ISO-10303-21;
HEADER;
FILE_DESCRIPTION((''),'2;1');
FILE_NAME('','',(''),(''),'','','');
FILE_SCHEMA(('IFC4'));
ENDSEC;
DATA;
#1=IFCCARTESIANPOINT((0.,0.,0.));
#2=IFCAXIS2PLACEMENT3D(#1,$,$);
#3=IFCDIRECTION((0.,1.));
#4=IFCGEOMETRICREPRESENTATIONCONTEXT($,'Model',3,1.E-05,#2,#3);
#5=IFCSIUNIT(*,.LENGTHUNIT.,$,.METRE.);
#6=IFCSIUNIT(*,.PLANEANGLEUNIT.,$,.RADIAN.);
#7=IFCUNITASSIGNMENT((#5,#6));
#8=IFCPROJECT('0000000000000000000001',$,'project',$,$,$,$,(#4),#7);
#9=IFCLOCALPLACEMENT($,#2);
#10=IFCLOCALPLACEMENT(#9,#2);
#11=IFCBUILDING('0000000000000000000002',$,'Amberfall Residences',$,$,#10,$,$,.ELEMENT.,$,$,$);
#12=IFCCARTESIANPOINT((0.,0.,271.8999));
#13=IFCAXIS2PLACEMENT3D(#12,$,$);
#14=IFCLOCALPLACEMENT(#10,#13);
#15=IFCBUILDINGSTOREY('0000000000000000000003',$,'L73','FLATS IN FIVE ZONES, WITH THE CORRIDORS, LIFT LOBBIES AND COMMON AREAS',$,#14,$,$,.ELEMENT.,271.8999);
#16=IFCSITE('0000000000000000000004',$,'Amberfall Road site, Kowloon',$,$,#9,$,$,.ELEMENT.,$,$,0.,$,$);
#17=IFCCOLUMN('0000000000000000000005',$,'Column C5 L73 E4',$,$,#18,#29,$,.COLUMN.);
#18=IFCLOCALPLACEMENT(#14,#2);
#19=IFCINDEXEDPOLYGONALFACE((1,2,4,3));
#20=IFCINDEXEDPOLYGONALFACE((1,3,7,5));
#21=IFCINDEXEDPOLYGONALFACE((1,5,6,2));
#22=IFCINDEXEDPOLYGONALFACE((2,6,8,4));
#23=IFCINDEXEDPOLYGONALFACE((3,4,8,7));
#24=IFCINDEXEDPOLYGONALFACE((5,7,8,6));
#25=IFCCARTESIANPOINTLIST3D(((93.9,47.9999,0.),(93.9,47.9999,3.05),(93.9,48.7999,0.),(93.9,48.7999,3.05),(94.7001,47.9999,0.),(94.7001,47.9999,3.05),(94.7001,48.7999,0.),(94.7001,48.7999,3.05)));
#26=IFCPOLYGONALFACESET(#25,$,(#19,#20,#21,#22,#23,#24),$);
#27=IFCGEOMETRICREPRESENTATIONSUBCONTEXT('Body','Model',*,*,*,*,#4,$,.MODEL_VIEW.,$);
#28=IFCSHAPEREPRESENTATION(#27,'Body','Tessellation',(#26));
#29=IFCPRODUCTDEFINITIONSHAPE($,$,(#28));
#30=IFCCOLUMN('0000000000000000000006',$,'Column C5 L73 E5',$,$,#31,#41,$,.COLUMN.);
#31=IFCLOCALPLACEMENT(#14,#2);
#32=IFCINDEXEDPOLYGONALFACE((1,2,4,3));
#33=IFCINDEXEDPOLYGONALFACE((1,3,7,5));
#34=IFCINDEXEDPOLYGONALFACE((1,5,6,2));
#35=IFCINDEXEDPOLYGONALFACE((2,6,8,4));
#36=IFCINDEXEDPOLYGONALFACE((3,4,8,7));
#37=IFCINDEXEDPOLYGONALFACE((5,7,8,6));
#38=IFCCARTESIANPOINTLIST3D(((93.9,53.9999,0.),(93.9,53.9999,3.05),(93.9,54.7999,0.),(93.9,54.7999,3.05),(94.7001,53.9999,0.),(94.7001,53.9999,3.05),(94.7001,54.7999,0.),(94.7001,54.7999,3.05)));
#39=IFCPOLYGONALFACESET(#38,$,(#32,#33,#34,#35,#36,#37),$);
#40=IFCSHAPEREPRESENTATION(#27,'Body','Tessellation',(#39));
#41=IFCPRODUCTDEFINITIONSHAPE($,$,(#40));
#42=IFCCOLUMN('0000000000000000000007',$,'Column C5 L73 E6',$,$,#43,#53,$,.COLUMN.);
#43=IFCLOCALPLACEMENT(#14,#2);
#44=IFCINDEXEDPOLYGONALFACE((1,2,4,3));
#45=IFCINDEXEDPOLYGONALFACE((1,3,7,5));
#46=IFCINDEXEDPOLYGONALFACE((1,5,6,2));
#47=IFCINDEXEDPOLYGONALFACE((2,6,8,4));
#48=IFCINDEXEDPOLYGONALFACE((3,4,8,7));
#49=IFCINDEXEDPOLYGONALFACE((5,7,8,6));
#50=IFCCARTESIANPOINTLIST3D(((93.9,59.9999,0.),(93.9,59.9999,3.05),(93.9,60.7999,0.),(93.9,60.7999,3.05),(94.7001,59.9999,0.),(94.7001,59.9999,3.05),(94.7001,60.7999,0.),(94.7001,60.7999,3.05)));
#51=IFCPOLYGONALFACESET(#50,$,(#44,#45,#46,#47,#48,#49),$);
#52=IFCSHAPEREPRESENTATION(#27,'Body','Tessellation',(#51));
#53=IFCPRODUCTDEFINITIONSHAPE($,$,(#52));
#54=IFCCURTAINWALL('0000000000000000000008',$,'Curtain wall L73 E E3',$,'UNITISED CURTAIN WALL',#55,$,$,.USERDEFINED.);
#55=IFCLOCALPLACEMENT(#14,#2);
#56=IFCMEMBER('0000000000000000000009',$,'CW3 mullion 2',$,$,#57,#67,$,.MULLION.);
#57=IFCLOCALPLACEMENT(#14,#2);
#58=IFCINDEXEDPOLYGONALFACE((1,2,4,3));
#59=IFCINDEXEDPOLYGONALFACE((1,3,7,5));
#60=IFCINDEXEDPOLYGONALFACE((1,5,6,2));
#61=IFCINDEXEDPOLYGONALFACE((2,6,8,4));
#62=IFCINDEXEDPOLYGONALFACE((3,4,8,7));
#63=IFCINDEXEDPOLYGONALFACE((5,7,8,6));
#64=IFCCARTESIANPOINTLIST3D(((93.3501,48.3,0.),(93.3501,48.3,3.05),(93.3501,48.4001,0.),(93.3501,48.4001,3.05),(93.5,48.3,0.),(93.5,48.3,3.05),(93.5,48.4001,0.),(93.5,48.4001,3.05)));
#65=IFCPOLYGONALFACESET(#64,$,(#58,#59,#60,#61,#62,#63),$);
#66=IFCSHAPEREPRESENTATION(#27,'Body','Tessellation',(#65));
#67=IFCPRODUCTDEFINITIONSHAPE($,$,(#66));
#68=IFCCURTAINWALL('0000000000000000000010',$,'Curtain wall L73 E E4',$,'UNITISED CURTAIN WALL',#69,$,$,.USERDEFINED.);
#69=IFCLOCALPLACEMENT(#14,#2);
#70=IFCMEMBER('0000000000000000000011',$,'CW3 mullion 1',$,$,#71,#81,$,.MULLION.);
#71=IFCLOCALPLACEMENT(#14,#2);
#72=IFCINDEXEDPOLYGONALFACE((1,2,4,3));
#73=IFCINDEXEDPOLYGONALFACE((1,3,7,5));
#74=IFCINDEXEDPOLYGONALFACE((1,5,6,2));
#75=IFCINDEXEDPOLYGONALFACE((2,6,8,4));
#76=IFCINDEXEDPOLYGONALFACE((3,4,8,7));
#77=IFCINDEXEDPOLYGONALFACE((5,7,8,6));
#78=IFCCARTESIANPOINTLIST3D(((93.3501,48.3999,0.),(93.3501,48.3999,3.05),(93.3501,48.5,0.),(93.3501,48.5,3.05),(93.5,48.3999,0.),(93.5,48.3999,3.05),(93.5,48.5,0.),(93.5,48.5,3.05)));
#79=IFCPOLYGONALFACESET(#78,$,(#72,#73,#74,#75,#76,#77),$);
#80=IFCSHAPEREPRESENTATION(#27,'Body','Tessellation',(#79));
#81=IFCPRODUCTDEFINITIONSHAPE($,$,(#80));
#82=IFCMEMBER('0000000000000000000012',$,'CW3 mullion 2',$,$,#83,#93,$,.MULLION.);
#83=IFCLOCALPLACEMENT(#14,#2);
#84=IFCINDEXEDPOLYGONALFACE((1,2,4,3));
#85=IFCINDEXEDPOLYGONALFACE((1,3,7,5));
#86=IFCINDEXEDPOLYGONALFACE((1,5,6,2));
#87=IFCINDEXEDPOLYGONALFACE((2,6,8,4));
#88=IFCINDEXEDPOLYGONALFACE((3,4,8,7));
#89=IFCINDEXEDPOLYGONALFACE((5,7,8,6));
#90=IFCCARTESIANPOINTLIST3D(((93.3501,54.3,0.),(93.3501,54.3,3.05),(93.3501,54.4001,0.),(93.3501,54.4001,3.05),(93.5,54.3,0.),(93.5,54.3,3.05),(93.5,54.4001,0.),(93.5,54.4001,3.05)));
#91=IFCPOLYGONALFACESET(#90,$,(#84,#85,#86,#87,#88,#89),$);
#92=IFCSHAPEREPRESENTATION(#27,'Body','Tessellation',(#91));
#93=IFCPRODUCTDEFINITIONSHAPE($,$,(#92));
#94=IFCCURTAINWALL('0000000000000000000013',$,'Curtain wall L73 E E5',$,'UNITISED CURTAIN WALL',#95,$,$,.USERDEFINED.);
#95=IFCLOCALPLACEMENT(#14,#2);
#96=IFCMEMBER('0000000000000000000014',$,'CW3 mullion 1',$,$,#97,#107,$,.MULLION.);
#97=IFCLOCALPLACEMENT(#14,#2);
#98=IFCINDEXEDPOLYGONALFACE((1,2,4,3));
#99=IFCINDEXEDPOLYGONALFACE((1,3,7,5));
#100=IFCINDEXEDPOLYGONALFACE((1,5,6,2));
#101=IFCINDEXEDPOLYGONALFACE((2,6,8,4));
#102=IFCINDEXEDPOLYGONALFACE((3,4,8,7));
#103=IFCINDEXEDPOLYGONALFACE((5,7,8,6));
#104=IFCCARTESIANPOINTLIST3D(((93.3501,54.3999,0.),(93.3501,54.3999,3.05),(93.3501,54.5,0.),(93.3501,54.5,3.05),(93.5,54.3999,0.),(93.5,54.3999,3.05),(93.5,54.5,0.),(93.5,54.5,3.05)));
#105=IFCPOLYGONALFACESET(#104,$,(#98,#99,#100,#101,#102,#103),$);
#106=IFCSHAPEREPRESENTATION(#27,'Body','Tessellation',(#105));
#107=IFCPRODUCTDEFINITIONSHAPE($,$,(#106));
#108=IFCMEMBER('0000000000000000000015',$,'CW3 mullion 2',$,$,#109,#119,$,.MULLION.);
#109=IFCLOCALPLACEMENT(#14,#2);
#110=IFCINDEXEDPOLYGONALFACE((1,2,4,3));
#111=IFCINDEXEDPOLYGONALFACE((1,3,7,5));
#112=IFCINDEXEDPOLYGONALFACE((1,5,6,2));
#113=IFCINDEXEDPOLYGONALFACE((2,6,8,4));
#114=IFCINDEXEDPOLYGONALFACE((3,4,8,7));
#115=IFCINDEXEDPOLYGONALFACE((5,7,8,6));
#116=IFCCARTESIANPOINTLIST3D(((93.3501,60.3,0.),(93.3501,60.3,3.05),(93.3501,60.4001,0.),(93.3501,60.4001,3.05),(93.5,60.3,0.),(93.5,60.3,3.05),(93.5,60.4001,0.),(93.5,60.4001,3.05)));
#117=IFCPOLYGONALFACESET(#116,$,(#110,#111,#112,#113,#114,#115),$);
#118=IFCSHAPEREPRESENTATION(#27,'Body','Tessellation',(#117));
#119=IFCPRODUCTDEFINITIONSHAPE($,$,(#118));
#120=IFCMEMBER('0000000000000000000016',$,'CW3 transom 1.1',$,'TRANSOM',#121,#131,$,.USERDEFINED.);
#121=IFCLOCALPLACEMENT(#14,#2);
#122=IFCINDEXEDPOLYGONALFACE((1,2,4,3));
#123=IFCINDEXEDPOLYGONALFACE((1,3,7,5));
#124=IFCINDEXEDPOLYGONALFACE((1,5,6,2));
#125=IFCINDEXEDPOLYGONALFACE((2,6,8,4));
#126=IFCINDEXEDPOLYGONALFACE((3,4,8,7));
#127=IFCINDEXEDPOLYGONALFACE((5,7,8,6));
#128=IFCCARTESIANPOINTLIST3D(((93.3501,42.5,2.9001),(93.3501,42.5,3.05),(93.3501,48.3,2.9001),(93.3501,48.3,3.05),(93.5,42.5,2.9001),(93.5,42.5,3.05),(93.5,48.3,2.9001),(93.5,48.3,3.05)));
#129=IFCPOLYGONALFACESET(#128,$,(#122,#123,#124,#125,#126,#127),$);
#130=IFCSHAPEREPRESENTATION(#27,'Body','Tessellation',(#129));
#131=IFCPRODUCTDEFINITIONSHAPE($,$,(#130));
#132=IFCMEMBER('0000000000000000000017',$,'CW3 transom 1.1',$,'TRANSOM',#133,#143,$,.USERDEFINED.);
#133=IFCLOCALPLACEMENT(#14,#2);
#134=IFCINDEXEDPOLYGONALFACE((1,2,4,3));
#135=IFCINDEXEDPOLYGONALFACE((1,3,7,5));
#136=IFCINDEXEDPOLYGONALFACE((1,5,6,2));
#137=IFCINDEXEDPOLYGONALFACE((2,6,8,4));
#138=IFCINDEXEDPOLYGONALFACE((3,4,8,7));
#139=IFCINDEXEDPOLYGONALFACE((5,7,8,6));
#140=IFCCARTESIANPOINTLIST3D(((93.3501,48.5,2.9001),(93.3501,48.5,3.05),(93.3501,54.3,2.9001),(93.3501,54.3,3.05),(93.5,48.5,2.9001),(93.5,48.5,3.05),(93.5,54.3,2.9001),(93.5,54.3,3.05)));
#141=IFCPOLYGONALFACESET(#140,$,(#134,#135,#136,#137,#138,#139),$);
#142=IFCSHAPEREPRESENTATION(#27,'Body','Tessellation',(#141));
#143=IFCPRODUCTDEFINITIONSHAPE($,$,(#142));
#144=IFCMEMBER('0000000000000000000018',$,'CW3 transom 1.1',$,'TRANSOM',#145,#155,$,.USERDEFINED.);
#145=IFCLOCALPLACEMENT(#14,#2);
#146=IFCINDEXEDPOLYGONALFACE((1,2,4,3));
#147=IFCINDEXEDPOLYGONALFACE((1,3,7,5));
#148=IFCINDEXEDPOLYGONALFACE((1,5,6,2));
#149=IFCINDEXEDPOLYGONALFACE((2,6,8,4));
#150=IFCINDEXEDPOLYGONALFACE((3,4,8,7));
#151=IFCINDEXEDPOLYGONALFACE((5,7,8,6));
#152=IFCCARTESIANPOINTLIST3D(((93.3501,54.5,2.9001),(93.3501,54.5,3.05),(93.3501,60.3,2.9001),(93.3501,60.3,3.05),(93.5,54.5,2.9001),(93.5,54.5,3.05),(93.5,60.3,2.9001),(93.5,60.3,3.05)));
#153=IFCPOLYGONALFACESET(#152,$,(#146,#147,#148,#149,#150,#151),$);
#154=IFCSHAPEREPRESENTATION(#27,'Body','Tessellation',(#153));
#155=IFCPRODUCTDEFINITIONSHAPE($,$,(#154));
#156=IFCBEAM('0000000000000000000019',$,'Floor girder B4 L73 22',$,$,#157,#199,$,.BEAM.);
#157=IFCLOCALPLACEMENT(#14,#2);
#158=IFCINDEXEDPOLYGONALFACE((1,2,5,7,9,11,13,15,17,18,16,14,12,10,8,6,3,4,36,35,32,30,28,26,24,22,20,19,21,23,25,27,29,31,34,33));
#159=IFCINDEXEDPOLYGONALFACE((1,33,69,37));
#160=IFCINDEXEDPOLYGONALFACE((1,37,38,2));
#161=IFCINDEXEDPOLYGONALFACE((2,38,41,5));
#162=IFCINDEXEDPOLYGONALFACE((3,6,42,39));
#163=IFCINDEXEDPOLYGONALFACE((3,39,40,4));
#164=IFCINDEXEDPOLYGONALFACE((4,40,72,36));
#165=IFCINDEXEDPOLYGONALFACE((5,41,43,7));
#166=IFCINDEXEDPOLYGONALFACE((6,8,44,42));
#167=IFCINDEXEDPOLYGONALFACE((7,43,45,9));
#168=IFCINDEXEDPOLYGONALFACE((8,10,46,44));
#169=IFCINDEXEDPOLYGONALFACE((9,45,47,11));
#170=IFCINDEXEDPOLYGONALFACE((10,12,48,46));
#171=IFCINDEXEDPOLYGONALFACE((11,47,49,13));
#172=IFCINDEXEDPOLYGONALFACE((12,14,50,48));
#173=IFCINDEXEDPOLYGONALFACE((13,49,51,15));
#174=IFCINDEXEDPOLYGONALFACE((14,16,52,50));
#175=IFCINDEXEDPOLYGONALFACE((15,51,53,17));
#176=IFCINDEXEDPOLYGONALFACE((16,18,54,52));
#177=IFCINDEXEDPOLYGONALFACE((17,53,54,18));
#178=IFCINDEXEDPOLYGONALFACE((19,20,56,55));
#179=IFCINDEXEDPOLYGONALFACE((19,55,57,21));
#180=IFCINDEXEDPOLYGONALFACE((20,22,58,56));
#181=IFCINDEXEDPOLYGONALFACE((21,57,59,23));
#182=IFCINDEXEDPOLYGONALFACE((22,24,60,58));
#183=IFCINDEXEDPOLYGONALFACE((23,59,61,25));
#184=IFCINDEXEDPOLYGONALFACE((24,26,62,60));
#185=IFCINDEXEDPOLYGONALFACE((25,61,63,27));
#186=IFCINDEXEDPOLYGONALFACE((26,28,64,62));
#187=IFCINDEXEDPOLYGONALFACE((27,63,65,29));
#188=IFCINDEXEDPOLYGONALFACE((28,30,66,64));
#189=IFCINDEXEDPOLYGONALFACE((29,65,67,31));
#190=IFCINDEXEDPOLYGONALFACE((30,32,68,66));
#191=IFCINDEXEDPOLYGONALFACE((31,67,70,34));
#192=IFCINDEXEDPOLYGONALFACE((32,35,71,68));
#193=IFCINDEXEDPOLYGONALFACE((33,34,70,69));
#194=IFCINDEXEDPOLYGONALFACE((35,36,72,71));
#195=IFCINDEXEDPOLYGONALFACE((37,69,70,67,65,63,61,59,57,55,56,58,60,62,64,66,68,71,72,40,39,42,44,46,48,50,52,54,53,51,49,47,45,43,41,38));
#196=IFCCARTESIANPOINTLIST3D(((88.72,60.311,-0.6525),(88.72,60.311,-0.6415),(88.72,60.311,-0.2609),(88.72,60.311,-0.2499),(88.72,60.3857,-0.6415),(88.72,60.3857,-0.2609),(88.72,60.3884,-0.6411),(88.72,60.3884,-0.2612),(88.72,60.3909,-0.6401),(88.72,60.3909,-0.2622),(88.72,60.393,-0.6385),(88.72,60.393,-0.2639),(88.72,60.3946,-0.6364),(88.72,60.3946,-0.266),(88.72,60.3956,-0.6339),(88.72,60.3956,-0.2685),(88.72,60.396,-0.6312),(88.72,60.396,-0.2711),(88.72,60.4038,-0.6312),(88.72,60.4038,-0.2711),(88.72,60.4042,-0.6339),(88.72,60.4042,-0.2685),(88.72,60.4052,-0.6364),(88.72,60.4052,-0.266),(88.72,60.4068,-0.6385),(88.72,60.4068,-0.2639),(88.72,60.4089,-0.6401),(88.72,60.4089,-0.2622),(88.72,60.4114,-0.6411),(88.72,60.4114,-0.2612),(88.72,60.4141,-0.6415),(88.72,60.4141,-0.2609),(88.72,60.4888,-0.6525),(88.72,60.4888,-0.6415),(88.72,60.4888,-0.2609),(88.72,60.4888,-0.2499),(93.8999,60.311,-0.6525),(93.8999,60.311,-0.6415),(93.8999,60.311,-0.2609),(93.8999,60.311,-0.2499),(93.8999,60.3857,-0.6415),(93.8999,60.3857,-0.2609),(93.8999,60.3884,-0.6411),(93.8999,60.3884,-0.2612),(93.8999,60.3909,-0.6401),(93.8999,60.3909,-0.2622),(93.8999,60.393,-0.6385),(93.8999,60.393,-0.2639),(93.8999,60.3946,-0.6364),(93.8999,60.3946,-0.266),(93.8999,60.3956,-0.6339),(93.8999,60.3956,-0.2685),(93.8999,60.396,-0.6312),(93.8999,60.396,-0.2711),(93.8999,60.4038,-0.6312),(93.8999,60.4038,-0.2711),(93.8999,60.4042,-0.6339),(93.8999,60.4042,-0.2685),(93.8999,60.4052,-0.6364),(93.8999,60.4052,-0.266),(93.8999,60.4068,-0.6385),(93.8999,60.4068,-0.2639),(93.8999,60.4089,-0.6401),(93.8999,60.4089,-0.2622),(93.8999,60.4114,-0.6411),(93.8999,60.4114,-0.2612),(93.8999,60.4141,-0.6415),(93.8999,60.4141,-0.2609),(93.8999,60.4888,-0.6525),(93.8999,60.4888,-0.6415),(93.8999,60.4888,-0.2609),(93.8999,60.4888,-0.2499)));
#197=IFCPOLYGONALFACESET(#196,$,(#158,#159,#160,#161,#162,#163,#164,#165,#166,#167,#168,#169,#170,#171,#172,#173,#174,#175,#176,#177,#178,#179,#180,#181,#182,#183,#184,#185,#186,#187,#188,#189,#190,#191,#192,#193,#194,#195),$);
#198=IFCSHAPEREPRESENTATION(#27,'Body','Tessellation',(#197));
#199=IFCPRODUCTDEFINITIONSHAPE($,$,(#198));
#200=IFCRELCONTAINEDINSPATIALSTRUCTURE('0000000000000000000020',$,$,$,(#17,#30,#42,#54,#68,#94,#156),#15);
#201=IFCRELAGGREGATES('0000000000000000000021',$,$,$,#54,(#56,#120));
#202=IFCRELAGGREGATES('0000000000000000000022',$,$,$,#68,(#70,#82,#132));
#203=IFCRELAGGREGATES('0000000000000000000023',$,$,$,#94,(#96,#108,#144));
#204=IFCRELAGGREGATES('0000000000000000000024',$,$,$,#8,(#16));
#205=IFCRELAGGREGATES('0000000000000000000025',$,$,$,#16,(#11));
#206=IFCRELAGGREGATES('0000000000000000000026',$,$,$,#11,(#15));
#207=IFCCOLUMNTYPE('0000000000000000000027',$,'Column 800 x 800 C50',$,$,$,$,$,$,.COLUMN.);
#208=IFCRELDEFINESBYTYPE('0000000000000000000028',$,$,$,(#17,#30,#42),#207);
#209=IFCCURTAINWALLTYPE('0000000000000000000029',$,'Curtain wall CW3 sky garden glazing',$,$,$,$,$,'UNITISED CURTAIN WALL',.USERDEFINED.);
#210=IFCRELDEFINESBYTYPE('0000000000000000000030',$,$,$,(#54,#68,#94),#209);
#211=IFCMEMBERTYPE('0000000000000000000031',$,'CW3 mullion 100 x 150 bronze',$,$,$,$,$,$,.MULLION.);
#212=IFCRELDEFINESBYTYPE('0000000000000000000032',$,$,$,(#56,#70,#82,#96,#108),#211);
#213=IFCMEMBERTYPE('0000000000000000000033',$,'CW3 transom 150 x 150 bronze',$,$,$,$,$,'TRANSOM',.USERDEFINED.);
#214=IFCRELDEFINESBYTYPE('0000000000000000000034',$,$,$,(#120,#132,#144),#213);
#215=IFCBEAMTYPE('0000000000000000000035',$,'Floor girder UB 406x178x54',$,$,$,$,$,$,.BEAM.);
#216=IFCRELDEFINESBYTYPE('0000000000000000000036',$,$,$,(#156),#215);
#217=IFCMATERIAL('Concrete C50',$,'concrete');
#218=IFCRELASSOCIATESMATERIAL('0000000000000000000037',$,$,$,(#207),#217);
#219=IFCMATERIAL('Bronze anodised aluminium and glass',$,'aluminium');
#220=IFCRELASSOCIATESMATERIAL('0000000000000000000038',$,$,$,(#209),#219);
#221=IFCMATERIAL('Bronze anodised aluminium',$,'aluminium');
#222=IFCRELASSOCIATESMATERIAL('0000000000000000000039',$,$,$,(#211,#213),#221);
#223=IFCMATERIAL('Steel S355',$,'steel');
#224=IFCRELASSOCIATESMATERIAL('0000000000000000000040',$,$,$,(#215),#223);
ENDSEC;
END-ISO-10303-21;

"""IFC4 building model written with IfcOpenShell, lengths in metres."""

from ifc_helpers import new_model, si_unit, direction, frame, origin, origin_2d, place, context, subcontext, project, spatial, rectangle, i_section, extrude, material, material_profile, profile_set, type_object, element, aggregate, save


model = new_model("IFC4")

# Units and contexts
model_context = context("Model", 3, precision=1e-05, world=origin(), true_north=direction((0.0, 1.0)))
body_context = subcontext(model_context, "Body", "Model", "MODEL_VIEW")
ifc_project = project(units=[si_unit("LENGTHUNIT", "METRE"), si_unit("PLANEANGLEUNIT", "RADIAN")], contexts=[model_context])

# Site, building, storey
site_placement = place(None, origin())
site = spatial("IfcSite", under=ifc_project, at=site_placement, Name="Amberfall Road site, Kowloon", CompositionType="ELEMENT", RefElevation=0.0)
building_placement = place(site_placement, origin())
building = spatial("IfcBuilding", under=site, at=building_placement, Name="Amberfall Residences", CompositionType="ELEMENT")
storey_placement = place(building_placement, frame((0.0, 0.0, 271.8999)))
storey = spatial("IfcBuildingStorey", under=building, at=storey_placement, Name="L73", Description="FLATS IN FIVE ZONES, WITH THE CORRIDORS, LIFT LOBBIES AND COMMON AREAS", CompositionType="ELEMENT", Elevation=271.8999)

# Columns
ifc_material_1 = material(Name="Concrete C50", Category="concrete")
ifc_material_profile_1 = material_profile(ifc_material_1, rectangle(XDim=0.8, YDim=0.8, at=origin_2d()), Name="Column 800 x 800 C50")
ifc_profile_set_1 = profile_set([ifc_material_profile_1], Name="Concrete C50")
column_type = type_object("IfcColumnType", Name="Column 800 x 800 C50", PredefinedType="COLUMN", material=ifc_profile_set_1)
for number, where, z_axis, x_axis, name in (
    (1, (94.3, 48.3999, 0.0), (0.0, 0.0, 1.0), (1.0, 0.0, 0.0), "Column C5 L73 E4"),
    (2, (94.3, 54.3999, 0.0), (0.0, 0.0, 1.0), (1.0, 0.0, 0.0), "Column C5 L73 E5"),
    (3, (94.3, 60.3999, 0.0), (0.0, 0.0, 1.0), (1.0, 0.0, 0.0), "Column C5 L73 E6"),
):
    element("IfcColumn", number, at=place(storey_placement, frame(where, z_axis=z_axis, x_axis=x_axis)), inside=storey, type_object=column_type, Name=name, PredefinedType="COLUMN", context=body_context, shape_type="SweptSolid", body=[
        extrude(rectangle(XDim=0.8, YDim=0.8, at=origin_2d()), origin(), (0.0, 0.0, 1.0), 3.05),
    ])

# Curtain wall, member
ifc_material_2 = material(Name="Bronze anodised aluminium and glass", Category="aluminium")
curtain_wall_type = type_object("IfcCurtainWallType", Name="Curtain wall CW3 sky garden glazing", ElementType="UNITISED CURTAIN WALL", PredefinedType="USERDEFINED", material=ifc_material_2)
curtain_wall_1_placement = place(storey_placement, origin())
curtain_wall_1 = element("IfcCurtainWall", 4, at=curtain_wall_1_placement, inside=storey, type_object=curtain_wall_type, Name="Curtain wall L73 E E3", ObjectType="UNITISED CURTAIN WALL", PredefinedType="USERDEFINED")
ifc_material_3 = material(Name="Bronze anodised aluminium", Category="aluminium")
ifc_material_profile_2 = material_profile(ifc_material_3, rectangle(XDim=0.1499, YDim=0.1001, at=origin_2d()), Name="CW3 mullion 100 x 150 bronze")
ifc_profile_set_2 = profile_set([ifc_material_profile_2], Name="Bronze anodised aluminium")
member_type_1 = type_object("IfcMemberType", Name="CW3 mullion 100 x 150 bronze", PredefinedType="MULLION", material=ifc_profile_set_2)
member_1_placement = place(storey_placement, frame((93.425, 48.3501, 0.0), z_axis=(0.0, 0.0, 1.0), x_axis=(-1.0, 0.0, 0.0)))
member_1 = element("IfcMember", 5, at=member_1_placement, type_object=member_type_1, Name="CW3 mullion 2", PredefinedType="MULLION", context=body_context, shape_type="SweptSolid", body=[
    extrude(rectangle(XDim=0.1499, YDim=0.1001, at=origin_2d()), origin(), (0.0, 0.0, 1.0), 3.05),
])

# Curtain walls, members
curtain_wall_2_placement = place(storey_placement, origin())
curtain_wall_2 = element("IfcCurtainWall", 6, at=curtain_wall_2_placement, inside=storey, type_object=curtain_wall_type, Name="Curtain wall L73 E E4", ObjectType="UNITISED CURTAIN WALL", PredefinedType="USERDEFINED")
member_2_placement = place(storey_placement, frame((93.425, 48.45, 0.0), z_axis=(0.0, 0.0, 1.0), x_axis=(-1.0, 0.0, 0.0)))
member_2 = element("IfcMember", 7, at=member_2_placement, type_object=member_type_1, Name="CW3 mullion 1", PredefinedType="MULLION", context=body_context, shape_type="SweptSolid", body=[
    extrude(rectangle(XDim=0.1499, YDim=0.1001, at=origin_2d()), origin(), (0.0, 0.0, 1.0), 3.05),
])
member_3_placement = place(storey_placement, frame((93.425, 54.3501, 0.0), z_axis=(0.0, 0.0, 1.0), x_axis=(-1.0, 0.0, 0.0)))
member_3 = element("IfcMember", 8, at=member_3_placement, type_object=member_type_1, Name="CW3 mullion 2", PredefinedType="MULLION", context=body_context, shape_type="SweptSolid", body=[
    extrude(rectangle(XDim=0.1499, YDim=0.1001, at=origin_2d()), origin(), (0.0, 0.0, 1.0), 3.05),
])
curtain_wall_3_placement = place(storey_placement, origin())
curtain_wall_3 = element("IfcCurtainWall", 9, at=curtain_wall_3_placement, inside=storey, type_object=curtain_wall_type, Name="Curtain wall L73 E E5", ObjectType="UNITISED CURTAIN WALL", PredefinedType="USERDEFINED")
member_4_placement = place(storey_placement, frame((93.425, 54.45, 0.0), z_axis=(0.0, 0.0, 1.0), x_axis=(-1.0, 0.0, 0.0)))
member_4 = element("IfcMember", 10, at=member_4_placement, type_object=member_type_1, Name="CW3 mullion 1", PredefinedType="MULLION", context=body_context, shape_type="SweptSolid", body=[
    extrude(rectangle(XDim=0.1499, YDim=0.1001, at=origin_2d()), origin(), (0.0, 0.0, 1.0), 3.05),
])
member_5_placement = place(storey_placement, frame((93.425, 60.3501, 0.0), z_axis=(0.0, 0.0, 1.0), x_axis=(-1.0, 0.0, 0.0)))
member_5 = element("IfcMember", 11, at=member_5_placement, type_object=member_type_1, Name="CW3 mullion 2", PredefinedType="MULLION", context=body_context, shape_type="SweptSolid", body=[
    extrude(rectangle(XDim=0.1499, YDim=0.1001, at=origin_2d()), origin(), (0.0, 0.0, 1.0), 3.05),
])

# Members
ifc_material_profile_3 = material_profile(ifc_material_3, rectangle(XDim=0.1499, YDim=0.1499, at=origin_2d()), Name="CW3 transom 150 x 150 bronze")
ifc_profile_set_3 = profile_set([ifc_material_profile_3], Name="Bronze anodised aluminium")
member_type_2 = type_object("IfcMemberType", Name="CW3 transom 150 x 150 bronze", ElementType="TRANSOM", PredefinedType="USERDEFINED", material=ifc_profile_set_3)
member_6_placement = place(storey_placement, frame((93.425, 42.5, 2.9751), z_axis=(0.0, 1.0, 0.0), x_axis=(-1.0, 0.0, 0.0)))
member_6 = element("IfcMember", 12, at=member_6_placement, type_object=member_type_2, Name="CW3 transom 1.1", ObjectType="TRANSOM", PredefinedType="USERDEFINED", context=body_context, shape_type="SweptSolid", body=[
    extrude(rectangle(XDim=0.1499, YDim=0.1499, at=origin_2d()), origin(), (0.0, 0.0, 1.0), 5.8),
])
member_7_placement = place(storey_placement, frame((93.425, 48.5, 2.9751), z_axis=(0.0, 1.0, 0.0), x_axis=(-1.0, 0.0, 0.0)))
member_7 = element("IfcMember", 13, at=member_7_placement, type_object=member_type_2, Name="CW3 transom 1.1", ObjectType="TRANSOM", PredefinedType="USERDEFINED", context=body_context, shape_type="SweptSolid", body=[
    extrude(rectangle(XDim=0.1499, YDim=0.1499, at=origin_2d()), origin(), (0.0, 0.0, 1.0), 5.8),
])
member_8_placement = place(storey_placement, frame((93.425, 54.5, 2.9751), z_axis=(0.0, 1.0, 0.0), x_axis=(-1.0, 0.0, 0.0)))
member_8 = element("IfcMember", 14, at=member_8_placement, type_object=member_type_2, Name="CW3 transom 1.1", ObjectType="TRANSOM", PredefinedType="USERDEFINED", context=body_context, shape_type="SweptSolid", body=[
    extrude(rectangle(XDim=0.1499, YDim=0.1499, at=origin_2d()), origin(), (0.0, 0.0, 1.0), 5.8),
])

# Beam
ifc_material_4 = material(Name="Steel S355", Category="steel")
ifc_material_profile_4 = material_profile(ifc_material_4, i_section(OverallWidth=0.1777, OverallDepth=0.4026, WebThickness=0.0078, FlangeThickness=0.011, FilletRadius=0.0103, at=origin_2d()), Name="UB 406x178x54")
ifc_profile_set_4 = profile_set([ifc_material_profile_4], Name="Steel S355")
beam_type_1 = type_object("IfcBeamType", Name="Floor girder UB 406x178x54", PredefinedType="BEAM", material=ifc_profile_set_4)
beam_placement = place(storey_placement, frame((93.8999, 60.3999, -0.4512), z_axis=(-1.0, 0.0, 0.0), x_axis=(0.0, -1.0, 0.0)))
element("IfcBeam", 15, at=beam_placement, inside=storey, type_object=beam_type_1, Name="Floor girder B4 L73 22", PredefinedType="BEAM", context=body_context, shape_type="SweptSolid", body=[
    extrude(i_section(OverallWidth=0.1777, OverallDepth=0.4026, WebThickness=0.0078, FlangeThickness=0.011, FilletRadius=0.0103, at=origin_2d()), origin(), (0.0, 0.0, 1.0), 5.1799),
])

aggregate(curtain_wall_1, [member_1, member_6])
aggregate(curtain_wall_2, [member_2, member_3, member_7])
aggregate(curtain_wall_3, [member_4, member_5, member_8])

save(model, "model.ifc")
